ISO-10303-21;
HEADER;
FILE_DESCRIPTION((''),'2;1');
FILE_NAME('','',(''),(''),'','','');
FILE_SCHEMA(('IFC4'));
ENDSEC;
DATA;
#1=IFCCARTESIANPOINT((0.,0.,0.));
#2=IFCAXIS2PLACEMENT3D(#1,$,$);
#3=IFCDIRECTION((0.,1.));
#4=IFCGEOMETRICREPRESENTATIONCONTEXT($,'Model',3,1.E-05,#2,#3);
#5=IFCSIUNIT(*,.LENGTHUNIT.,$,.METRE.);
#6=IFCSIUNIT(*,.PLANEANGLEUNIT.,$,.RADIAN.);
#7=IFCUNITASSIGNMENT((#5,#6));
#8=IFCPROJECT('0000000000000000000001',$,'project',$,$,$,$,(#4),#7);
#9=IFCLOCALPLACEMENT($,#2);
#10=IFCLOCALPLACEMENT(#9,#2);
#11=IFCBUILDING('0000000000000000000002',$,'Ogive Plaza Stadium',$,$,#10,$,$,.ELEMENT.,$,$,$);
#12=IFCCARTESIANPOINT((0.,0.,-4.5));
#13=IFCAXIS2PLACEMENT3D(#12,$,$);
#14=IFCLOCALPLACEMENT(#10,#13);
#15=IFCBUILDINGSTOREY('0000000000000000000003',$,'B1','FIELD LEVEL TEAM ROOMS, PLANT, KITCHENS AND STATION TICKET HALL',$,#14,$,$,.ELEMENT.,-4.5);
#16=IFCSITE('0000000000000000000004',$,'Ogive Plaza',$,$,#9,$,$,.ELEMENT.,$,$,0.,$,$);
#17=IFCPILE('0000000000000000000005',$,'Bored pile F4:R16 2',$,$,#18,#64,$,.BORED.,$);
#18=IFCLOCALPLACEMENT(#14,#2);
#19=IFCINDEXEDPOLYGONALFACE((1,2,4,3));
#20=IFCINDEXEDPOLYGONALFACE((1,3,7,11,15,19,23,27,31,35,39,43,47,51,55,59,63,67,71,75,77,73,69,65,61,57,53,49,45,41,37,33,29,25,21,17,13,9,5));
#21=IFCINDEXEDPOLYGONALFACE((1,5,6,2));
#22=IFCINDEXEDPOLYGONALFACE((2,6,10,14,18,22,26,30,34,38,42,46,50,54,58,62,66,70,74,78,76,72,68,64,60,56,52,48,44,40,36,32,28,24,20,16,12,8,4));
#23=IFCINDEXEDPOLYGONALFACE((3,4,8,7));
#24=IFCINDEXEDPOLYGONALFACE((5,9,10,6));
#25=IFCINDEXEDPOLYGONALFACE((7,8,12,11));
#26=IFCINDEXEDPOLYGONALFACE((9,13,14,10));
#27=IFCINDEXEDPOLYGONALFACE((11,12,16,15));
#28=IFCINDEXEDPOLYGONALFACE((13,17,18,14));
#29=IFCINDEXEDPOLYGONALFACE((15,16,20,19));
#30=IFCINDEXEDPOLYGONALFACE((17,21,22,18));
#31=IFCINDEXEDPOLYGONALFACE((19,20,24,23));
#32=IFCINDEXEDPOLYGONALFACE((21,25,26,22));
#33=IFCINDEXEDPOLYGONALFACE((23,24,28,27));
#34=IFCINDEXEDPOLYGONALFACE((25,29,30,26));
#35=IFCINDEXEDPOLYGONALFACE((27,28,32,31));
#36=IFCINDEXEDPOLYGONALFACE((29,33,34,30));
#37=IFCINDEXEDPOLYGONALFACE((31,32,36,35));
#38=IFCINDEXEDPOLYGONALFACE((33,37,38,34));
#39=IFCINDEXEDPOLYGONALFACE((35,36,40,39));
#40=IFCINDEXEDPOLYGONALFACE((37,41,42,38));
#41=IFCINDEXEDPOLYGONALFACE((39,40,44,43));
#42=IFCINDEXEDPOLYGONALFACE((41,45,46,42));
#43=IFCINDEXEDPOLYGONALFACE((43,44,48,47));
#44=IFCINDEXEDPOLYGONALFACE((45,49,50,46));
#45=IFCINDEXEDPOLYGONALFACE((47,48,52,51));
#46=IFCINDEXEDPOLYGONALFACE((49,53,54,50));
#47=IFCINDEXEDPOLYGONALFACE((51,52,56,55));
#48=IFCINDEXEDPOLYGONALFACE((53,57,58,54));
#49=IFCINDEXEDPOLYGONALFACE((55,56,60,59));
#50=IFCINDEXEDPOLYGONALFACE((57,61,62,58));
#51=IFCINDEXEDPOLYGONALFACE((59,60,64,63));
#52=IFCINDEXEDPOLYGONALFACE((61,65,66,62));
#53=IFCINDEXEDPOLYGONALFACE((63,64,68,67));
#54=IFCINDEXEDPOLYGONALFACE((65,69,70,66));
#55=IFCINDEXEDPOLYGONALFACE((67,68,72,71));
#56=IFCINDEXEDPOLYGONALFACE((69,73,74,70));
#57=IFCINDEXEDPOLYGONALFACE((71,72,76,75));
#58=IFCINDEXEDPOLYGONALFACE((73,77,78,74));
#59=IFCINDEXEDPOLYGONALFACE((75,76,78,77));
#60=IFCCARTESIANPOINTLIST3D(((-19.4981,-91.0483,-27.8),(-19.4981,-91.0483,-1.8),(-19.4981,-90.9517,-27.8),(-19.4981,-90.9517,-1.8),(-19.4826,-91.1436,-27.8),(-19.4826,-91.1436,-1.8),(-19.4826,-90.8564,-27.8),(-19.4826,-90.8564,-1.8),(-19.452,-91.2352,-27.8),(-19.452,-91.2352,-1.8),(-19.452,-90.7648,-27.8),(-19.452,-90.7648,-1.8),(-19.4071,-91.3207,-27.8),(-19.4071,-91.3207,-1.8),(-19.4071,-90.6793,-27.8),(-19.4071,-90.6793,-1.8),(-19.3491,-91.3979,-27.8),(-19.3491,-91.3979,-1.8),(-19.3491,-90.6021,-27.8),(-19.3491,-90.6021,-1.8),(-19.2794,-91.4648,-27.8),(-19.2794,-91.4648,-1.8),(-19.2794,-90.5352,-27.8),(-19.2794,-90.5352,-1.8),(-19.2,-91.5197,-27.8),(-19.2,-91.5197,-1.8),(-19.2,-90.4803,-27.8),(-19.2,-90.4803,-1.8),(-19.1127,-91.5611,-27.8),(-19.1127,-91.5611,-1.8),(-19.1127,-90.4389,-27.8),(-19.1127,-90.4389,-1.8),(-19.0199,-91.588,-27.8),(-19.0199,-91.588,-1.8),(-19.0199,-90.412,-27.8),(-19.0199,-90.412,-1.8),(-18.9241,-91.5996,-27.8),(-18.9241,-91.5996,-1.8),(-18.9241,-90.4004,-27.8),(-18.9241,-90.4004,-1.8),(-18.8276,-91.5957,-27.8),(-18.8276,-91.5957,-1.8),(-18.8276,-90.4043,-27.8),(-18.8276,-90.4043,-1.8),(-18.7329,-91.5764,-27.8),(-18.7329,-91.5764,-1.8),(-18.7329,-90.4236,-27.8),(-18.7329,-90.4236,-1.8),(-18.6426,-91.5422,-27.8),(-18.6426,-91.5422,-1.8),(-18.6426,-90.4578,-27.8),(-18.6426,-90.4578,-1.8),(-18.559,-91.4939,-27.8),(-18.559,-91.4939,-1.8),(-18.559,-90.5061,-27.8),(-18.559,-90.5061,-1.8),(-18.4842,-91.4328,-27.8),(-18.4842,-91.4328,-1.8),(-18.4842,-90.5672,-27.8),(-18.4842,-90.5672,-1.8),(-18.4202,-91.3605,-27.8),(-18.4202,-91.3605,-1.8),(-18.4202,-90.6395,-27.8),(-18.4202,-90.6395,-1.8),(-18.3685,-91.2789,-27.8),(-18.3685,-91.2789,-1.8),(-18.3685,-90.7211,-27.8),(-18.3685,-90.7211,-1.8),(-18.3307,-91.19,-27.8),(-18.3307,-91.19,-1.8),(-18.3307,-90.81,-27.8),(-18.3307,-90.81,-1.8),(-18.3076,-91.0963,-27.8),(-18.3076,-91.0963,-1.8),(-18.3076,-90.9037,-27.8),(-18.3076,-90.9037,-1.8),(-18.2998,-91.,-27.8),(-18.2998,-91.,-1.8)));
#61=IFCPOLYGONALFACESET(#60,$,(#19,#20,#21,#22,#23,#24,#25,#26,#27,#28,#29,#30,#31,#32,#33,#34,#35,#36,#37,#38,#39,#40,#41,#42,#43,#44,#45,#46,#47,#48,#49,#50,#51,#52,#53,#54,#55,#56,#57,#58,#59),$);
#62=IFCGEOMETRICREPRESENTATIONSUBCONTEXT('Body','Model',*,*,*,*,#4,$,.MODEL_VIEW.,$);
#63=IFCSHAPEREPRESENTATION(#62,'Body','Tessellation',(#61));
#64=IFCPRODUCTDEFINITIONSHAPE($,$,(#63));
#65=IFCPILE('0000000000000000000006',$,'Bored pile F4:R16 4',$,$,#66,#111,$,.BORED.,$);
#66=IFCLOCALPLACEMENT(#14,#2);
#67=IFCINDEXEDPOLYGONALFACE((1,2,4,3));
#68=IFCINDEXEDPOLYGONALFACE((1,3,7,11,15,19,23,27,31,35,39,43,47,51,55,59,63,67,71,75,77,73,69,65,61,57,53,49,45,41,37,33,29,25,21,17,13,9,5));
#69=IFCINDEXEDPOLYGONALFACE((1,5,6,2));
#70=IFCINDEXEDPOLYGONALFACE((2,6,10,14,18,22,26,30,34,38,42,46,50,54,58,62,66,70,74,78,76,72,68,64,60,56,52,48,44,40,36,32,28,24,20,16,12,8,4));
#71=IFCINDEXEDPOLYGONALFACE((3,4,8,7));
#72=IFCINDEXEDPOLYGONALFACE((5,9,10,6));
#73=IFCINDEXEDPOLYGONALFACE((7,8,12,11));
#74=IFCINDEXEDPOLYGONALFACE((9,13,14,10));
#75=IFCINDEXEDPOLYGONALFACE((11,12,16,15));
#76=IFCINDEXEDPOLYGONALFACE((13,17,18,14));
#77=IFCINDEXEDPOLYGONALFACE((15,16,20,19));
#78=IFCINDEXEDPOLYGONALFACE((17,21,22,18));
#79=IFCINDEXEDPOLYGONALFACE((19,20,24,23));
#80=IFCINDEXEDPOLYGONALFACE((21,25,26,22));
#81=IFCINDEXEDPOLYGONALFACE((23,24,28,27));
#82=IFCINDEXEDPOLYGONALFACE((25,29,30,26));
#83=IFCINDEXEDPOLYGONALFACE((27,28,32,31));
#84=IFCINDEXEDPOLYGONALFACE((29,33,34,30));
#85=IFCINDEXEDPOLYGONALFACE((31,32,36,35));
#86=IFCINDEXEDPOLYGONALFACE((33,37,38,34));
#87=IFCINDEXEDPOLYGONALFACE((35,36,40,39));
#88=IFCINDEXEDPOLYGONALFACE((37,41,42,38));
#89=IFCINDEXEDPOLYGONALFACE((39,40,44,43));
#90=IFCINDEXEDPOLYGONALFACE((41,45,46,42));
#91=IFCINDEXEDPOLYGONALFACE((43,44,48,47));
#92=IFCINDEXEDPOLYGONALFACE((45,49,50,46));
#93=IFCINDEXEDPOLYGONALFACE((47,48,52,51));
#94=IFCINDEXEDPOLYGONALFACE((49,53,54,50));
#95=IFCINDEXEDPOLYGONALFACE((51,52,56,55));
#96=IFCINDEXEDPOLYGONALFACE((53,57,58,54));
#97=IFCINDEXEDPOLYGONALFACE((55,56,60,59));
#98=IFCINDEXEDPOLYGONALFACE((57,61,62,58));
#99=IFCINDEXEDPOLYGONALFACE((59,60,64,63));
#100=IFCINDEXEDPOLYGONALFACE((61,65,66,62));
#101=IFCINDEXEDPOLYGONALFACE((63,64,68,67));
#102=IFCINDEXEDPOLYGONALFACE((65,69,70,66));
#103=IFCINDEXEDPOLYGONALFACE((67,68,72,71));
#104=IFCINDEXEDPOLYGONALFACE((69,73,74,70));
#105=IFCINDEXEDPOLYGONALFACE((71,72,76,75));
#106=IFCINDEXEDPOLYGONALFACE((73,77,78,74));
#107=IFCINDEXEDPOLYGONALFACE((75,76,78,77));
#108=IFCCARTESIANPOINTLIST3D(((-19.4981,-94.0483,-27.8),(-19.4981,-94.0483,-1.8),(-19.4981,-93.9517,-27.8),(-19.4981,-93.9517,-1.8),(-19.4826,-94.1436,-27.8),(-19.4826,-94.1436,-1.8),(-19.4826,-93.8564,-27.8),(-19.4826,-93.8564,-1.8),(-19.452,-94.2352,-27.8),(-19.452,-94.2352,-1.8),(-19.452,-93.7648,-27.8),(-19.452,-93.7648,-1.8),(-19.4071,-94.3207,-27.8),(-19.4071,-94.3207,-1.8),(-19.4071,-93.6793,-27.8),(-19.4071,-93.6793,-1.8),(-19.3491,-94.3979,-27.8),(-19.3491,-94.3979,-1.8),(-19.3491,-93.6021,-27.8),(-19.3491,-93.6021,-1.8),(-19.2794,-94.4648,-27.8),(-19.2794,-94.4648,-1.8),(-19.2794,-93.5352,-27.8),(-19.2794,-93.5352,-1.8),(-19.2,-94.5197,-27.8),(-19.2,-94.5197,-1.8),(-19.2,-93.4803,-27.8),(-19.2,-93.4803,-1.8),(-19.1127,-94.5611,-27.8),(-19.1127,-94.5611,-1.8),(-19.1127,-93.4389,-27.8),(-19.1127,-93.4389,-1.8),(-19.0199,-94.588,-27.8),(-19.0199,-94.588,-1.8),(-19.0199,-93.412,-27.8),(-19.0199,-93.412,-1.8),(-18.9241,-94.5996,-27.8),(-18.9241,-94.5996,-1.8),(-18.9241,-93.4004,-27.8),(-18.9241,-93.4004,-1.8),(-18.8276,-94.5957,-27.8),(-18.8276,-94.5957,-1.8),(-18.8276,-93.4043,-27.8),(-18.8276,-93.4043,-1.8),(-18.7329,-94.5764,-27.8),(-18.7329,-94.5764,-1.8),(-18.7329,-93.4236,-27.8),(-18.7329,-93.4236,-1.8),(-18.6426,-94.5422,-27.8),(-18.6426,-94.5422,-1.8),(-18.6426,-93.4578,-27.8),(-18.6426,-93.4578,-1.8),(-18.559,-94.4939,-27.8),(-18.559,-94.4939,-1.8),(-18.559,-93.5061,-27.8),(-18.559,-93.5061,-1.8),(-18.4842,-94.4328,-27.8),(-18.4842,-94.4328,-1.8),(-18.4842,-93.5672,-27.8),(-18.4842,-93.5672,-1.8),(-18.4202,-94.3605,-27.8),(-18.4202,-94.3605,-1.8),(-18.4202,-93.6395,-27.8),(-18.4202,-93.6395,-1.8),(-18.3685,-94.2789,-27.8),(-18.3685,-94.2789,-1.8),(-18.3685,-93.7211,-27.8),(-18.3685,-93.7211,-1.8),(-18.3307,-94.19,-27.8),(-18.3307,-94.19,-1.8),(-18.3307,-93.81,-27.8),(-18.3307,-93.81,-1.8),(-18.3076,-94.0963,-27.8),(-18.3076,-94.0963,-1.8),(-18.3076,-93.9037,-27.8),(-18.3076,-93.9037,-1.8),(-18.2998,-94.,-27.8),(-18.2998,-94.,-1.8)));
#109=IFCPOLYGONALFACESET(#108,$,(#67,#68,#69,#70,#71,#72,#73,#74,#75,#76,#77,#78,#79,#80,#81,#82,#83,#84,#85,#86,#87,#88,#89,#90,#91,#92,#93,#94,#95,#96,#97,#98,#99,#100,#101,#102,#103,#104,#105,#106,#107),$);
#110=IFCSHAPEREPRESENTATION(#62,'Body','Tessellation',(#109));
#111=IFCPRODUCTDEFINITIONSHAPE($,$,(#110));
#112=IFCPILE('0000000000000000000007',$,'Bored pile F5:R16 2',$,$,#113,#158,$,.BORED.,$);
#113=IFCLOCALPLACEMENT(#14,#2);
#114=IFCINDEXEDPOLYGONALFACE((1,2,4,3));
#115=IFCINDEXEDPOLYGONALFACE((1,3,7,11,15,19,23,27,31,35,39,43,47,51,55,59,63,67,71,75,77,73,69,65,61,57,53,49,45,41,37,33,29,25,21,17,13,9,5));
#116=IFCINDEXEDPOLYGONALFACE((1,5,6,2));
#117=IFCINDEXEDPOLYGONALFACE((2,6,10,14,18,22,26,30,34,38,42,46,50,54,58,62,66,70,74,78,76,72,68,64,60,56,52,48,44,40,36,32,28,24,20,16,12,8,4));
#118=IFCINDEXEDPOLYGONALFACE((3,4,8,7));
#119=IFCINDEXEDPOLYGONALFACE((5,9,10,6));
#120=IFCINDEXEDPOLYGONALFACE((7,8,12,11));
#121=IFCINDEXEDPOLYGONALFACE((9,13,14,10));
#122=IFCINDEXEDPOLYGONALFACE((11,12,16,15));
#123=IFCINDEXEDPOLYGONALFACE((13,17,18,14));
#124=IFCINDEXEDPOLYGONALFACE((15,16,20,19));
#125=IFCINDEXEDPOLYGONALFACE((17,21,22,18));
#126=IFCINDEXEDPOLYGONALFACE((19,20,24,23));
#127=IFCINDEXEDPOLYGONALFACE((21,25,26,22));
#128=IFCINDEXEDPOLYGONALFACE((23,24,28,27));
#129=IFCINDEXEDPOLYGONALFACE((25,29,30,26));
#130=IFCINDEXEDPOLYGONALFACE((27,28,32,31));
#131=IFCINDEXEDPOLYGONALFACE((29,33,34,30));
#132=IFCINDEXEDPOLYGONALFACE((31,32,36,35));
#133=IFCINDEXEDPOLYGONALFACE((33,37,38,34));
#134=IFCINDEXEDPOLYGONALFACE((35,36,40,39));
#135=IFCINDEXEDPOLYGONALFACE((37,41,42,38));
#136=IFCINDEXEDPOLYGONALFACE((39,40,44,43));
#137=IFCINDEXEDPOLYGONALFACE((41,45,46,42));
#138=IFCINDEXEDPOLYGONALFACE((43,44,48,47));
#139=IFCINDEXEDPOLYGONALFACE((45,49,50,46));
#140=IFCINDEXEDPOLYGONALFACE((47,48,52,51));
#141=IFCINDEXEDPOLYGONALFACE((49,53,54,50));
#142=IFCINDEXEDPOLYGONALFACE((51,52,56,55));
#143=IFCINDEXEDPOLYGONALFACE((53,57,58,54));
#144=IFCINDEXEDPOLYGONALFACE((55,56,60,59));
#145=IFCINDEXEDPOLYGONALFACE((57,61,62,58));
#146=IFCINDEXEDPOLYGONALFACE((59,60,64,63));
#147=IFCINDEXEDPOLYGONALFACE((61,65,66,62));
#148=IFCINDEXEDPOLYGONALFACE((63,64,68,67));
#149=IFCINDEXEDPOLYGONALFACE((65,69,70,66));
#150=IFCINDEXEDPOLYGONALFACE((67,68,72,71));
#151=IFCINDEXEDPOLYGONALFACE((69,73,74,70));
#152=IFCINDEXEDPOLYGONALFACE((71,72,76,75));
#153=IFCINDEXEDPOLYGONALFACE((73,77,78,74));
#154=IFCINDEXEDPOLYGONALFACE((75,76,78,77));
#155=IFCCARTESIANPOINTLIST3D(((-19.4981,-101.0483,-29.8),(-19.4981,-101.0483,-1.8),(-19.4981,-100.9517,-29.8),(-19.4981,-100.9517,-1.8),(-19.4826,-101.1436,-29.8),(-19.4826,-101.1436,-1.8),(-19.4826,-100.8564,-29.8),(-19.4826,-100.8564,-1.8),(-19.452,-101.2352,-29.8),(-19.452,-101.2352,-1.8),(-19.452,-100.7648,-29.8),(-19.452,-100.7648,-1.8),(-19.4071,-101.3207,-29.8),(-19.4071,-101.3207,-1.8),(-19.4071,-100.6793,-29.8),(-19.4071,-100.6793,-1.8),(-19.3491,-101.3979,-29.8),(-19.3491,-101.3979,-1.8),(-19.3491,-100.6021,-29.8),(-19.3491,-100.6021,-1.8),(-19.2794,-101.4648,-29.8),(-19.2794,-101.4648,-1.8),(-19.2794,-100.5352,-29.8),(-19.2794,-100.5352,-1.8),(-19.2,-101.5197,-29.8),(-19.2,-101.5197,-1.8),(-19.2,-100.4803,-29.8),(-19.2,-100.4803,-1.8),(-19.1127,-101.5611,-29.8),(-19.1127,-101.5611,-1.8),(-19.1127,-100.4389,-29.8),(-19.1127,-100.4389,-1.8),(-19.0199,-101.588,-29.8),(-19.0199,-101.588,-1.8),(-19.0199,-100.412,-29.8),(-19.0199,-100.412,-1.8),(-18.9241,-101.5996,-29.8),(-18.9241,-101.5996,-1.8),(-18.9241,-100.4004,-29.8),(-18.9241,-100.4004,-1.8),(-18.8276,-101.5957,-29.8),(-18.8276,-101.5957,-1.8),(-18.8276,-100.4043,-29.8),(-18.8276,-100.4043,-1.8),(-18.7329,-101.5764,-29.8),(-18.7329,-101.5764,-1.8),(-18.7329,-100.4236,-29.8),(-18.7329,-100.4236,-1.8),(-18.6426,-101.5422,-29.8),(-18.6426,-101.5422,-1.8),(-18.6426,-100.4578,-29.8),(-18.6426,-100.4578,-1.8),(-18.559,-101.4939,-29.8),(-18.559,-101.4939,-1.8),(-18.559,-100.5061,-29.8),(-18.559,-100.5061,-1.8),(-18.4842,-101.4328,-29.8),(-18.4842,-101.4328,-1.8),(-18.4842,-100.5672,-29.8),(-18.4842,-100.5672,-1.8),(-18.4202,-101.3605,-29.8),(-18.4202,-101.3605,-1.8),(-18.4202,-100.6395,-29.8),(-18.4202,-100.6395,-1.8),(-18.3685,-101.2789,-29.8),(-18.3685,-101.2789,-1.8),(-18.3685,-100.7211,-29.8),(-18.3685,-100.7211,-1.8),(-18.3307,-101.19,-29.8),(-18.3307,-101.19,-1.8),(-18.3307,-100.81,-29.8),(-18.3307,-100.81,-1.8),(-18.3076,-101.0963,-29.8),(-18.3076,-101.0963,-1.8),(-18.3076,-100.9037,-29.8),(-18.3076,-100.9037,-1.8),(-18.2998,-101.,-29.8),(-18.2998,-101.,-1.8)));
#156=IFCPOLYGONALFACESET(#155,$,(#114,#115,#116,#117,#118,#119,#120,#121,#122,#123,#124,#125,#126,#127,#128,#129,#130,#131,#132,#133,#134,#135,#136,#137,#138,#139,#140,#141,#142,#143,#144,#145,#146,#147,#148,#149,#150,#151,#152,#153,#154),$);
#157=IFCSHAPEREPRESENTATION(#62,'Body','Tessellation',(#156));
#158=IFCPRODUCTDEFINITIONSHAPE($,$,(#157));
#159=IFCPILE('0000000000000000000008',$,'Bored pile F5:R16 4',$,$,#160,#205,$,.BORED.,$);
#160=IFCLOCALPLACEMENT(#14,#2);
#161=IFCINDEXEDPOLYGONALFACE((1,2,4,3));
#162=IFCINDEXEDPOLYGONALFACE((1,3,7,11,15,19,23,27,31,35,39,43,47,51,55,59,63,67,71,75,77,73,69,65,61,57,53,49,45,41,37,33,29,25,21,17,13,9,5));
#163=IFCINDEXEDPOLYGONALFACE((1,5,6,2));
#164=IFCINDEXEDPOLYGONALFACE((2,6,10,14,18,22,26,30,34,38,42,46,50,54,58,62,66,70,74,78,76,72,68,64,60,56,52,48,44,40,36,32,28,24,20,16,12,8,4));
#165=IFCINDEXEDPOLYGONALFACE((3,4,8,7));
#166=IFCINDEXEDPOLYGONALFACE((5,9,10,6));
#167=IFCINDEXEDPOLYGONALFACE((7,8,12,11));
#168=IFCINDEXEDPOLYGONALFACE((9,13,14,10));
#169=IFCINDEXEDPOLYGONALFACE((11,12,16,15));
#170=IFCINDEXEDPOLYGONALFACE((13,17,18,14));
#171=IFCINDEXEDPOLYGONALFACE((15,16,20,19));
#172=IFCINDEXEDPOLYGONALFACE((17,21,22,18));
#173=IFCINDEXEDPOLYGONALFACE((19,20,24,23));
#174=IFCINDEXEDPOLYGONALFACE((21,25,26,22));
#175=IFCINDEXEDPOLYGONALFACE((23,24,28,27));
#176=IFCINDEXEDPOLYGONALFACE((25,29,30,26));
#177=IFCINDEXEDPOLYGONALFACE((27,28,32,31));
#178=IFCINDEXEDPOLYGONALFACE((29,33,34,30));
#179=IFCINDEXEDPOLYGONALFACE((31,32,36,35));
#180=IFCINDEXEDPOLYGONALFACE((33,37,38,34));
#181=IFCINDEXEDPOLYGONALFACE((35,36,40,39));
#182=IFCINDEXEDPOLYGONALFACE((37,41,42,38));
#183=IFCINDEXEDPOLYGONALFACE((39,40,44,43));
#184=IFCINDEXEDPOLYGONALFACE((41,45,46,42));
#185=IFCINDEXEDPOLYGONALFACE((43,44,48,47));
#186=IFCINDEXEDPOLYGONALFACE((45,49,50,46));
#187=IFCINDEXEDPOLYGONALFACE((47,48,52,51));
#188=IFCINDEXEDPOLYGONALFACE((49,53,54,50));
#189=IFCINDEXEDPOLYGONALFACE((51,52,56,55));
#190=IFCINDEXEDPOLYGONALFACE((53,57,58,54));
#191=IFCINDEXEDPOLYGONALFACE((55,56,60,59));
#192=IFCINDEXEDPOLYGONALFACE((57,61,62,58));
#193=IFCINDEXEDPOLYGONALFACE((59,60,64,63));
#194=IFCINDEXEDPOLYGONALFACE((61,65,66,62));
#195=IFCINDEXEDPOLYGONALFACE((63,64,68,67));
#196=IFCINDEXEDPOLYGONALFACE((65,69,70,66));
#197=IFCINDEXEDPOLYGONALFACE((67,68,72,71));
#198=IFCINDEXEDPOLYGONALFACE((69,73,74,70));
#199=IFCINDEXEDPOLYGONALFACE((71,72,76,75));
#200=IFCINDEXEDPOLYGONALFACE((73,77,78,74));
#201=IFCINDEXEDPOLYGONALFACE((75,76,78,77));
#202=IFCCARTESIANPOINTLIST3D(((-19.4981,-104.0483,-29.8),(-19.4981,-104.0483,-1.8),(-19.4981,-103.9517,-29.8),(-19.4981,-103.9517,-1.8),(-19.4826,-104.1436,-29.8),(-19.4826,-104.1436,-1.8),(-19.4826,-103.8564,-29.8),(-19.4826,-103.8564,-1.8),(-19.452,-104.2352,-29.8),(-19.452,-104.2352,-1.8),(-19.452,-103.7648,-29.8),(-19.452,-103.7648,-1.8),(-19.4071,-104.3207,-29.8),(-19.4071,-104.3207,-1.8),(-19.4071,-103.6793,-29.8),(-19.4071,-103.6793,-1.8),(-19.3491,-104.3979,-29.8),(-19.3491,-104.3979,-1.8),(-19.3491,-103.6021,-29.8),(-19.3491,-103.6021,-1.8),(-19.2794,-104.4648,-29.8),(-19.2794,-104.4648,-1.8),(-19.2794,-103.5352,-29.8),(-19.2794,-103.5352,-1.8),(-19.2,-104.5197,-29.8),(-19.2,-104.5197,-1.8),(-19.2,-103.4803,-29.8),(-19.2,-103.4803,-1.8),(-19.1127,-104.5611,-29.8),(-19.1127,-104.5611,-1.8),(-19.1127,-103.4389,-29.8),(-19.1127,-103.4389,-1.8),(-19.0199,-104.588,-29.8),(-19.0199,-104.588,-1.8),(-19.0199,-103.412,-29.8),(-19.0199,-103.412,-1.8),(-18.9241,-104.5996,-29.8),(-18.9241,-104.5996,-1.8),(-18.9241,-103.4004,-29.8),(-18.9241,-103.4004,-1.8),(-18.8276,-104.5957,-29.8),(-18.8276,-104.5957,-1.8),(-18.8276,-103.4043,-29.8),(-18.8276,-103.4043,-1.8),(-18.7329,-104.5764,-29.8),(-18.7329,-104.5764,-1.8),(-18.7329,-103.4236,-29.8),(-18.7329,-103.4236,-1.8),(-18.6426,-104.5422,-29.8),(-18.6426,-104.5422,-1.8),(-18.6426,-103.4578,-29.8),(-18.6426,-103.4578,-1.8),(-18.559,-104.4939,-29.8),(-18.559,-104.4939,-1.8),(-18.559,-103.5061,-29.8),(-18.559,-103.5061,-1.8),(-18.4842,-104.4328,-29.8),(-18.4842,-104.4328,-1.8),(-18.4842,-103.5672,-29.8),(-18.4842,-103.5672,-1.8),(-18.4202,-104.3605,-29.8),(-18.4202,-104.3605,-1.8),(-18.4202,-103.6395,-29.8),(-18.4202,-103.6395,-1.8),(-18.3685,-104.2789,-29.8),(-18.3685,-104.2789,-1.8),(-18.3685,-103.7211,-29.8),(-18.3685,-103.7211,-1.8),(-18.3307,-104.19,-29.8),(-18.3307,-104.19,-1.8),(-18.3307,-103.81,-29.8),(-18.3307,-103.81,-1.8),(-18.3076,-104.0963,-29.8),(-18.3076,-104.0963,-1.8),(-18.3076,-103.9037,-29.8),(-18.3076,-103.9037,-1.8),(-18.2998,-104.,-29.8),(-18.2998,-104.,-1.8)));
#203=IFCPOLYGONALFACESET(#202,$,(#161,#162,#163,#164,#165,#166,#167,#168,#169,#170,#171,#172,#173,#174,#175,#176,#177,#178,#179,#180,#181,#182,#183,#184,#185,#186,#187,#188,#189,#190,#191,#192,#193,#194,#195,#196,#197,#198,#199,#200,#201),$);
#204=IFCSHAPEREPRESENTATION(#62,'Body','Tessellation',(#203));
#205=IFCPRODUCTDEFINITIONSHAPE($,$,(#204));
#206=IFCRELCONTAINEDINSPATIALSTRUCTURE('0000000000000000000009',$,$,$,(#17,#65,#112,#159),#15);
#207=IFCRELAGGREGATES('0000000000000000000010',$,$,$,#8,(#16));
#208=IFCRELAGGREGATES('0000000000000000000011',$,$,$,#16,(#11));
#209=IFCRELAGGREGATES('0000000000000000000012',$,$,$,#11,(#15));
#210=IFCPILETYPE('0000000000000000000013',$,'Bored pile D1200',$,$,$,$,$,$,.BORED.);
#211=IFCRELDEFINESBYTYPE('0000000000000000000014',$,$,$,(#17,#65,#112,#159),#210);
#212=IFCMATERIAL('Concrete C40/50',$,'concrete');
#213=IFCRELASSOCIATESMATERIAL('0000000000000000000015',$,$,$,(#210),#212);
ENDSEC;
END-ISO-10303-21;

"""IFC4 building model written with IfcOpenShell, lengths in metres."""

from ifc_helpers import new_model, si_unit, direction, frame, origin, origin_2d, place, context, subcontext, project, spatial, circle, extrude, material, material_profile, profile_set, type_object, element, save


model = new_model("IFC4")

# Units and contexts
model_context = context("Model", 3, precision=1e-05, world=origin(), true_north=direction((0.0, 1.0)))
body_context = subcontext(model_context, "Body", "Model", "MODEL_VIEW")
ifc_project = project(units=[si_unit("LENGTHUNIT", "METRE"), si_unit("PLANEANGLEUNIT", "RADIAN")], contexts=[model_context])

# Site, building, storey
site_placement = place(None, origin())
site = spatial("IfcSite", under=ifc_project, at=site_placement, Name="Ogive Plaza", CompositionType="ELEMENT", RefElevation=0.0)
building_placement = place(site_placement, origin())
building = spatial("IfcBuilding", under=site, at=building_placement, Name="Ogive Plaza Stadium", CompositionType="ELEMENT")
storey_placement = place(building_placement, frame((0.0, 0.0, -4.5)))
storey = spatial("IfcBuildingStorey", under=building, at=storey_placement, Name="B1", Description="FIELD LEVEL TEAM ROOMS, PLANT, KITCHENS AND STATION TICKET HALL", CompositionType="ELEMENT", Elevation=-4.5)

# Piles
ifc_material_1 = material(Name="Concrete C40/50", Category="concrete")
ifc_material_profile_1 = material_profile(ifc_material_1, circle(Radius=0.6001, at=origin_2d()), Name="RC D1200")
ifc_profile_set_1 = profile_set([ifc_material_profile_1], Name="Concrete C40/50")
pile_type_1 = type_object("IfcPileType", Name="Bored pile D1200", PredefinedType="BORED", material=ifc_profile_set_1)
for number, where, z_axis, x_axis, name in (
    (1, (-18.8999, -91.0, -1.8), (0.0, 0.0, -1.0), (1.0, 0.0, 0.0), "Bored pile F4:R16 2"),
    (2, (-18.8999, -94.0, -1.8), (0.0, 0.0, -1.0), (1.0, 0.0, 0.0), "Bored pile F4:R16 4"),
):
    element("IfcPile", number, at=place(storey_placement, frame(where, z_axis=z_axis, x_axis=x_axis)), inside=storey, type_object=pile_type_1, Name=name, PredefinedType="BORED", context=body_context, shape_type="SweptSolid", body=[
        extrude(circle(Radius=0.6001, at=origin_2d()), origin(), (0.0, 0.0, 1.0), 26.0),
    ])
for number, where, z_axis, x_axis, name in (
    (3, (-18.8999, -101.0, -1.8), (0.0, 0.0, -1.0), (1.0, 0.0, 0.0), "Bored pile F5:R16 2"),
    (4, (-18.8999, -104.0, -1.8), (0.0, 0.0, -1.0), (1.0, 0.0, 0.0), "Bored pile F5:R16 4"),
):
    element("IfcPile", number, at=place(storey_placement, frame(where, z_axis=z_axis, x_axis=x_axis)), inside=storey, type_object=pile_type_1, Name=name, PredefinedType="BORED", context=body_context, shape_type="SweptSolid", body=[
        extrude(circle(Radius=0.6001, at=origin_2d()), origin(), (0.0, 0.0, 1.0), 28.0),
    ])

save(model, "model.ifc")
